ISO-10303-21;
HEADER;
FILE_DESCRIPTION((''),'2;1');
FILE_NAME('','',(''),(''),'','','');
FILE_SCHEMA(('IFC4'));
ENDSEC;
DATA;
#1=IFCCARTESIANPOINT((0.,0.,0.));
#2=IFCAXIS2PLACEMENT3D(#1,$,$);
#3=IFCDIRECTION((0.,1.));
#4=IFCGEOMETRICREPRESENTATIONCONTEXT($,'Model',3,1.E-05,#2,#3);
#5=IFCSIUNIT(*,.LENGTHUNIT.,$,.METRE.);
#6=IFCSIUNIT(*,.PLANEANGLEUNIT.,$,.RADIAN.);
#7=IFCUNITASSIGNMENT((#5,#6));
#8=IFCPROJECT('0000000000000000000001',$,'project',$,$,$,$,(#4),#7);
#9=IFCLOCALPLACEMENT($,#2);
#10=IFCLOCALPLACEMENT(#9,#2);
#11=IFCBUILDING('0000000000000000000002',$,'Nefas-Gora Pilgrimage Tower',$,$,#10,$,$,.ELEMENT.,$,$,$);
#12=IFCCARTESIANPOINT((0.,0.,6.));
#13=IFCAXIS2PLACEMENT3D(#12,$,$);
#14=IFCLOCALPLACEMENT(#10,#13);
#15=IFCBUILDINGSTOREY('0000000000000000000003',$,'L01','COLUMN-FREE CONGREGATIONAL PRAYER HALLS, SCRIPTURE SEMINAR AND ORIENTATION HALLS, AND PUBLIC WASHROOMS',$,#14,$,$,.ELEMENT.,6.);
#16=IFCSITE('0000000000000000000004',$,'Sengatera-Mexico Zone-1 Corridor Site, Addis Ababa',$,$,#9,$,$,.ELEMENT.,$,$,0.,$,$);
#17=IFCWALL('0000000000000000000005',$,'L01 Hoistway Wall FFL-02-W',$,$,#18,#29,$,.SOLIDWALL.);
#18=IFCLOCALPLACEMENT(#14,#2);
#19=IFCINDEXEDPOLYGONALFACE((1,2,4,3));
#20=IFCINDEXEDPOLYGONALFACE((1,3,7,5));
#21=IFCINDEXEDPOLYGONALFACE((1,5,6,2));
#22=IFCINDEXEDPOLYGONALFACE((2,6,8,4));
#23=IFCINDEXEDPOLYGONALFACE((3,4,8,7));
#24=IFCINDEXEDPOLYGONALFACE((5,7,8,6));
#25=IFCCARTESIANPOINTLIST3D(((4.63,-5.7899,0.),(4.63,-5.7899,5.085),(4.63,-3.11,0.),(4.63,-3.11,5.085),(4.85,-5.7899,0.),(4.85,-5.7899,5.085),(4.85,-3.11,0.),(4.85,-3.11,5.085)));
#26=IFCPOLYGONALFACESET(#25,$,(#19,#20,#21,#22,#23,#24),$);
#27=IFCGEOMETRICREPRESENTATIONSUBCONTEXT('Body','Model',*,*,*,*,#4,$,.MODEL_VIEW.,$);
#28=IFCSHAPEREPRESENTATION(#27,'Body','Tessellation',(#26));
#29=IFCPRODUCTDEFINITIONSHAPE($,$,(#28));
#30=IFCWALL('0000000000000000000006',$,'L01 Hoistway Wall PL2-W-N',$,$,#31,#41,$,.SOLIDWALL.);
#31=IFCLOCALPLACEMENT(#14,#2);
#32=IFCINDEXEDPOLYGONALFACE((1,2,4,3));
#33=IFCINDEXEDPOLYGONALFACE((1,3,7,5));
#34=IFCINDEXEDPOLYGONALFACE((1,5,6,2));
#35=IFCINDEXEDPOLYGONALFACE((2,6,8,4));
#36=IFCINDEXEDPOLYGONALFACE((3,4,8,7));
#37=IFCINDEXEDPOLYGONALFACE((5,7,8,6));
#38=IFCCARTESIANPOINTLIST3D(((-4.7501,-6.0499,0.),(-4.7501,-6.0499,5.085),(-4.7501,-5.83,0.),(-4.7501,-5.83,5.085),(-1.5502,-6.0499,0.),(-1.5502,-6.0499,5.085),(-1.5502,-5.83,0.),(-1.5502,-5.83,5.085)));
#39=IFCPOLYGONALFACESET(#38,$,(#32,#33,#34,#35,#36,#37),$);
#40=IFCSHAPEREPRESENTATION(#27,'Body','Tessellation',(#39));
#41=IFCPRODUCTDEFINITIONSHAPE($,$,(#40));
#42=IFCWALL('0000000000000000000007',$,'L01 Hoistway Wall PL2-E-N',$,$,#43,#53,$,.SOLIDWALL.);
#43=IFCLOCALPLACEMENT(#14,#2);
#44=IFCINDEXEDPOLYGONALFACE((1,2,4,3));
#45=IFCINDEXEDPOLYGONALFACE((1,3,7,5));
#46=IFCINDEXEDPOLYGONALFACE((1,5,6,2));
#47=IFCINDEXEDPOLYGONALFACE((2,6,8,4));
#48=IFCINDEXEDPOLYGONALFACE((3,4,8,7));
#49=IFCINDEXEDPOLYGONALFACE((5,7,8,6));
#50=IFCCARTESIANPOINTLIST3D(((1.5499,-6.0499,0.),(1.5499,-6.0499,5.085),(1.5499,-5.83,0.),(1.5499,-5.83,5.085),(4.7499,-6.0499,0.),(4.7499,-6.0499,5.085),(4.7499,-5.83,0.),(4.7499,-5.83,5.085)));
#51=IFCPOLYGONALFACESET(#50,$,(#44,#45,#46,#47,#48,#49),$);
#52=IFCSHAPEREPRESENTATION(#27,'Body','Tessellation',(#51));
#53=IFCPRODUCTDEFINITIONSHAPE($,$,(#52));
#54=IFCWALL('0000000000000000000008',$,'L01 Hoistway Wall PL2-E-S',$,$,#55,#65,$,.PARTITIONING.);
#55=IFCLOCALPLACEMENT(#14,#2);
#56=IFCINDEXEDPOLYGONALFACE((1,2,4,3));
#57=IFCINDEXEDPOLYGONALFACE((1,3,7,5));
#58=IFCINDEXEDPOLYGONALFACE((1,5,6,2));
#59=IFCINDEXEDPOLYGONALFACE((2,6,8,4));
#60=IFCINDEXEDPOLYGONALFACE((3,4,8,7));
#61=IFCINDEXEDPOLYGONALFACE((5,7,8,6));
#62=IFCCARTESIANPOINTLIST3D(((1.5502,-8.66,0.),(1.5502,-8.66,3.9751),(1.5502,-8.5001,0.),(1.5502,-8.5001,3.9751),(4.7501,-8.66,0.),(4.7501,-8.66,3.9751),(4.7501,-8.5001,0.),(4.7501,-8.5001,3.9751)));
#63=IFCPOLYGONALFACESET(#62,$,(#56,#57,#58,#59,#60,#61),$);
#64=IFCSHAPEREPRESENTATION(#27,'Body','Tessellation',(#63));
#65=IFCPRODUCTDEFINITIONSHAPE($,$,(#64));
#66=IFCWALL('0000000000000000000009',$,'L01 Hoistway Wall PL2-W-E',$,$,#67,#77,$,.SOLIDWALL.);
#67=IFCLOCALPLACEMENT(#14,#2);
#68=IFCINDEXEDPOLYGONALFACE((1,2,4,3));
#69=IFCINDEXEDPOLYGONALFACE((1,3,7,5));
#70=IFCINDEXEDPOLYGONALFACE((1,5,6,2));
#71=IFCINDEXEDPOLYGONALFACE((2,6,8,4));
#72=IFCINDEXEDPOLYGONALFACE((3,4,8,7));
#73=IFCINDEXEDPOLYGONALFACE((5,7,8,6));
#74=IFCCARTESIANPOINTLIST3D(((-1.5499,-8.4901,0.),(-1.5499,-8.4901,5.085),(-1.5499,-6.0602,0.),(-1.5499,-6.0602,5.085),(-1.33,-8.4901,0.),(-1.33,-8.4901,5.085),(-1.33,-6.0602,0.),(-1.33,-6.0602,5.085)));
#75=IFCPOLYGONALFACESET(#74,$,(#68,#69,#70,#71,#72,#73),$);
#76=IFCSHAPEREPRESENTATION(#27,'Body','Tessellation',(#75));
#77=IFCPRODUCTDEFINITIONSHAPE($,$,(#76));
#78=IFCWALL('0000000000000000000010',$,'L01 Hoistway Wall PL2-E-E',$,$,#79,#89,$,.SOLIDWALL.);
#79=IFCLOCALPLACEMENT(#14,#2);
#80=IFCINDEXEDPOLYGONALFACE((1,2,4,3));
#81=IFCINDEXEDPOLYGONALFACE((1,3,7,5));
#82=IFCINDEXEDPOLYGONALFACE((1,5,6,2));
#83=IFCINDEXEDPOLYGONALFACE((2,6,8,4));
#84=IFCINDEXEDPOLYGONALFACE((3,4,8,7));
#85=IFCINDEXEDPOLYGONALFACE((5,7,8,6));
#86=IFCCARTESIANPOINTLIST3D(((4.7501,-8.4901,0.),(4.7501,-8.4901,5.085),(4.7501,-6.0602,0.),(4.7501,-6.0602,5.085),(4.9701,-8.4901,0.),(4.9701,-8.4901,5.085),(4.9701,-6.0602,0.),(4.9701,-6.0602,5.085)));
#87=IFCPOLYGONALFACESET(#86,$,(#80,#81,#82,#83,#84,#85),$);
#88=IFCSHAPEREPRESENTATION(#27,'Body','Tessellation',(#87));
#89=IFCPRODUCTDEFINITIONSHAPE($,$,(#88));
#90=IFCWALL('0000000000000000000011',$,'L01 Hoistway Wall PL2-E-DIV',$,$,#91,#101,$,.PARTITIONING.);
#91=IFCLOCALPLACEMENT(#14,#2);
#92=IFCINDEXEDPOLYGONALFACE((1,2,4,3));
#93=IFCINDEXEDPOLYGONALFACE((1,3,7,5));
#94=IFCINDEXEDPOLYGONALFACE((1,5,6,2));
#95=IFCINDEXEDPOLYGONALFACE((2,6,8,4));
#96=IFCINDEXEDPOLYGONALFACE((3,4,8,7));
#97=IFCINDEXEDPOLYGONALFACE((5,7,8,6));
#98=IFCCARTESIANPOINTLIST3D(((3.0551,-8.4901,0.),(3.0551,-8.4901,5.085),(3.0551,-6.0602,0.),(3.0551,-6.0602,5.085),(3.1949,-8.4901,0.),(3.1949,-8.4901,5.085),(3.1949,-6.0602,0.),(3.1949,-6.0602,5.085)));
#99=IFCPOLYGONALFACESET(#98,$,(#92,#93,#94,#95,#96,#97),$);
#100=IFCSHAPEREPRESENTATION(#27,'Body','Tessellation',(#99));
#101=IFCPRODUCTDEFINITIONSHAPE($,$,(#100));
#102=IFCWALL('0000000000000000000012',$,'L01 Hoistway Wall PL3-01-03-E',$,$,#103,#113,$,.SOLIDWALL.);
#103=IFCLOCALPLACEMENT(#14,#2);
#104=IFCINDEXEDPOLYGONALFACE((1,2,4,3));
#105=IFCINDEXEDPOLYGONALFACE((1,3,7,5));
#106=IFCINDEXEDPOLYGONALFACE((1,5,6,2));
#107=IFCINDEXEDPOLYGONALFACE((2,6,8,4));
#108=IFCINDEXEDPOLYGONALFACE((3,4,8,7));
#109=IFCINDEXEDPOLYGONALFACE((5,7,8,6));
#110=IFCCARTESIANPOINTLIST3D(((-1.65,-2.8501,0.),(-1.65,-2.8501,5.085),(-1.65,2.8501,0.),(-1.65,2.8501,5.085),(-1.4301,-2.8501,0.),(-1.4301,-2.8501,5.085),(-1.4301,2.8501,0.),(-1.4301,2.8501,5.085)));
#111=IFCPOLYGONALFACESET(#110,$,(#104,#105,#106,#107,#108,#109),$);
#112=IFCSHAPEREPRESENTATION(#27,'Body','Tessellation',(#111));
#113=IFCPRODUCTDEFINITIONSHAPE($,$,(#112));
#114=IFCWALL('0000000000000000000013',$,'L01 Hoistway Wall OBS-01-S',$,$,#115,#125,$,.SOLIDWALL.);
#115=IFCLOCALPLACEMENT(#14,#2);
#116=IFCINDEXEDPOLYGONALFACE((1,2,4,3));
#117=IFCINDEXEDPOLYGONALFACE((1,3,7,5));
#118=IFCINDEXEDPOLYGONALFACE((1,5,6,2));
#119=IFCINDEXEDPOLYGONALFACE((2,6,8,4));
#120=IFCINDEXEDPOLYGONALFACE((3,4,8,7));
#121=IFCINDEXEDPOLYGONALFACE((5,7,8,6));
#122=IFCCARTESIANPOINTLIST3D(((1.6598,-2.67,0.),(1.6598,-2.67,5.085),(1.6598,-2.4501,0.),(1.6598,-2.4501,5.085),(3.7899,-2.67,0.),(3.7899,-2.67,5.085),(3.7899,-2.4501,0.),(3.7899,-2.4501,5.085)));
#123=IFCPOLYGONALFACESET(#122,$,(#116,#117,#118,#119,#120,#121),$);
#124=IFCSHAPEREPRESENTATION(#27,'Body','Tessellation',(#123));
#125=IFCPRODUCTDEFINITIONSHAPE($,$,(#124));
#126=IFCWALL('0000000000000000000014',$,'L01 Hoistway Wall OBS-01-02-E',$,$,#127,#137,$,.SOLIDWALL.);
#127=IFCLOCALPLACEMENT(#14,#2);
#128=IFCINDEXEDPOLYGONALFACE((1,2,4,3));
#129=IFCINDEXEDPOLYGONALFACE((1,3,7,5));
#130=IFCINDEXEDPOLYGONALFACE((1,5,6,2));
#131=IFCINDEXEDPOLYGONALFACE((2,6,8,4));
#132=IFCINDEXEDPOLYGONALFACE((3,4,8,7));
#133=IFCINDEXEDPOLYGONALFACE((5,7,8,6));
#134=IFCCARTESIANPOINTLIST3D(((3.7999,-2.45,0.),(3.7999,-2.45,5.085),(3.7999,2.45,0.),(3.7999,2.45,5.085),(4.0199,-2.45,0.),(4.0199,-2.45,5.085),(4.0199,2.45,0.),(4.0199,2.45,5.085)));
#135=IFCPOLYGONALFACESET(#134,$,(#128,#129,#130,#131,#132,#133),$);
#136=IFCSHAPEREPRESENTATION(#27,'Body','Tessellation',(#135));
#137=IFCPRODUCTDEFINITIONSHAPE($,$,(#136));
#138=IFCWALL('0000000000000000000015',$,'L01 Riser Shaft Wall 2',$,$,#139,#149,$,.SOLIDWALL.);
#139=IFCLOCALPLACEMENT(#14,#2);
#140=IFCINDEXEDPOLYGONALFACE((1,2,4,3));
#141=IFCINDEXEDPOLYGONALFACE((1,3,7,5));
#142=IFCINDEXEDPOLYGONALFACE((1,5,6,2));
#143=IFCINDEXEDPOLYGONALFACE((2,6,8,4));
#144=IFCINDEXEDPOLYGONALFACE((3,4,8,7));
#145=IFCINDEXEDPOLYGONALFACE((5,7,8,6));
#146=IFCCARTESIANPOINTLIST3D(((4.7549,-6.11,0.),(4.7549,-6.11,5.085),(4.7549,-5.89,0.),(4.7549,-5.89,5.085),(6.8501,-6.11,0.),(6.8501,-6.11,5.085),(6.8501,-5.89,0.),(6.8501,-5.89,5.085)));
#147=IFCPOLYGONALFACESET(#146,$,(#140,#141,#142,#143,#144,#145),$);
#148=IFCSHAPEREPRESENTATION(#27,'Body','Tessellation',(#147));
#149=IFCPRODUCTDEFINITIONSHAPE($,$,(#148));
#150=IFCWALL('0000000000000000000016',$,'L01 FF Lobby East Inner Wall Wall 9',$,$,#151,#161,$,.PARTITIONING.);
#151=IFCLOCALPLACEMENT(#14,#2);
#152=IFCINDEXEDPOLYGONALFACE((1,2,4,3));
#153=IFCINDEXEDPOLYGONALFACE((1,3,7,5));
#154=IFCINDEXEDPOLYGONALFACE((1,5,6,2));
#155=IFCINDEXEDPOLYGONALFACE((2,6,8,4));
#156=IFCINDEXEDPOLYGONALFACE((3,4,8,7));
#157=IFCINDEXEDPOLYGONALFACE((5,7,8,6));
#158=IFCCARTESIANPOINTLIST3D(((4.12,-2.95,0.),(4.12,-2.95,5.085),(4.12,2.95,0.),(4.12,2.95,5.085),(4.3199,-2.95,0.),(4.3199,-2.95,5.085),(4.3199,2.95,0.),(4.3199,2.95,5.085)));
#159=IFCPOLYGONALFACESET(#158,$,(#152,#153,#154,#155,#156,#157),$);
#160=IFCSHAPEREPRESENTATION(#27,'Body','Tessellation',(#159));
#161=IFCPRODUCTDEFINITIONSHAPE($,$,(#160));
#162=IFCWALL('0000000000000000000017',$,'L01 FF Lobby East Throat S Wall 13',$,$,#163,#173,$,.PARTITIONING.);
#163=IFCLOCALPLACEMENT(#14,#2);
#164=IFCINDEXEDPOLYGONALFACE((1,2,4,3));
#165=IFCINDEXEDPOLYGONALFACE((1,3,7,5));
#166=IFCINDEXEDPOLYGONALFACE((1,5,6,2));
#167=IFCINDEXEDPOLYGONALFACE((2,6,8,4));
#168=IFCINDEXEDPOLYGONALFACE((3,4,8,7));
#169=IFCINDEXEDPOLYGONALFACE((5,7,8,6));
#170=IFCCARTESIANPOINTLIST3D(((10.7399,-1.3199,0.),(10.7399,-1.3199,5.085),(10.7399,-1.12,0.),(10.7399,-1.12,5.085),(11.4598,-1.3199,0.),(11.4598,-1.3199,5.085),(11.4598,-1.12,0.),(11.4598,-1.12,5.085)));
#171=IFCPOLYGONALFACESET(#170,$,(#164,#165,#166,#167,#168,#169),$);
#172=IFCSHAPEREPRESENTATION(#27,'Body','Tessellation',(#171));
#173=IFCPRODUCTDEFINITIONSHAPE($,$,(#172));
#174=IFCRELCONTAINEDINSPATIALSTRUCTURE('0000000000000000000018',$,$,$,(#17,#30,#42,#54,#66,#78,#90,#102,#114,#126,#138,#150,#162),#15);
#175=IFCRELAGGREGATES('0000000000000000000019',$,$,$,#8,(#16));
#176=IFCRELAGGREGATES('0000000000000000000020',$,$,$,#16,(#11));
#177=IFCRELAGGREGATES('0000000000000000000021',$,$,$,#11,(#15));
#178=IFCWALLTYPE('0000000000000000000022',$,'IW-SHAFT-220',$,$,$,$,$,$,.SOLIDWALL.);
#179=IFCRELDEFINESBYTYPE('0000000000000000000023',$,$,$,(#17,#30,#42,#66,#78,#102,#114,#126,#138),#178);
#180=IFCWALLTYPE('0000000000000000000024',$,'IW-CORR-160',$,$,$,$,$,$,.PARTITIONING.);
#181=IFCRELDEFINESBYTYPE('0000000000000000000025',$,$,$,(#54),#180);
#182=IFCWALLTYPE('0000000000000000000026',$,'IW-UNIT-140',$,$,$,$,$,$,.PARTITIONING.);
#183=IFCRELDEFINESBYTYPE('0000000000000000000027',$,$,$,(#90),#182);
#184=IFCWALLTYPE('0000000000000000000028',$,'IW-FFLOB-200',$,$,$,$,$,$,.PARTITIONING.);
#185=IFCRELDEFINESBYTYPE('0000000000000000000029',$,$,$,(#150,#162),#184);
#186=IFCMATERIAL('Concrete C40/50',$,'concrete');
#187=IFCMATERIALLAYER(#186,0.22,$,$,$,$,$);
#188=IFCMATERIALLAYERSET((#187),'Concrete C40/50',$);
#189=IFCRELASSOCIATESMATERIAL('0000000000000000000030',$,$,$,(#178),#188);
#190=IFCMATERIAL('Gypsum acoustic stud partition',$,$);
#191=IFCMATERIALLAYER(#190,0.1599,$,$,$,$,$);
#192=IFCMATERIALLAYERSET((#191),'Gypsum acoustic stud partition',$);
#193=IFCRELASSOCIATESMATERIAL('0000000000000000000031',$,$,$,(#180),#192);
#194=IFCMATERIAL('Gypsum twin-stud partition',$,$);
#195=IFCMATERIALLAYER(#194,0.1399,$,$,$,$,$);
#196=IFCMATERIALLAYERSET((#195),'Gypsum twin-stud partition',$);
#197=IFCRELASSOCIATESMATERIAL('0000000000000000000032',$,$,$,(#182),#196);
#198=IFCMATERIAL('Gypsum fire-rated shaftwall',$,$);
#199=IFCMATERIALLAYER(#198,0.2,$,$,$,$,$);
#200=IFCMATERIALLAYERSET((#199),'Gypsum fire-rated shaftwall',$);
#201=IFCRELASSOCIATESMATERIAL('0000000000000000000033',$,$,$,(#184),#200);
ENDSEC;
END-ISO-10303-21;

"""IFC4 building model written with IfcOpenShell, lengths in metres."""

from ifc_helpers import new_model, si_unit, direction, frame, frame_2d, origin, place, context, subcontext, project, spatial, rectangle, extrude, source, transform, mapped, material, layer, layer_set, type_object, element, save


model = new_model("IFC4")

# Units and contexts
model_context = context("Model", 3, precision=1e-05, world=origin(), true_north=direction((0.0, 1.0)))
body_context = subcontext(model_context, "Body", "Model", "MODEL_VIEW")
ifc_project = project(units=[si_unit("LENGTHUNIT", "METRE"), si_unit("PLANEANGLEUNIT", "RADIAN")], contexts=[model_context])

# Site, building, storey
site_placement = place(None, origin())
site = spatial("IfcSite", under=ifc_project, at=site_placement, Name="Sengatera-Mexico Zone-1 Corridor Site, Addis Ababa", CompositionType="ELEMENT", RefElevation=0.0)
building_placement = place(site_placement, origin())
building = spatial("IfcBuilding", under=site, at=building_placement, Name="Nefas-Gora Pilgrimage Tower", CompositionType="ELEMENT")
storey_placement = place(building_placement, frame((0.0, 0.0, 6.0)))
storey = spatial("IfcBuildingStorey", under=building, at=storey_placement, Name="L01", Description="COLUMN-FREE CONGREGATIONAL PRAYER HALLS, SCRIPTURE SEMINAR AND ORIENTATION HALLS, AND PUBLIC WASHROOMS", CompositionType="ELEMENT", Elevation=6.0)

# Shared definitions
ifc_material_1 = material(Name="Concrete C40/50", Category="concrete")
ifc_layer_1 = layer(ifc_material_1, 0.22)
ifc_layer_set_1 = layer_set([ifc_layer_1], Name="Concrete C40/50")
wall_type_1 = type_object("IfcWallType", Name="IW-SHAFT-220", PredefinedType="SOLIDWALL", material=ifc_layer_set_1)

# Walls
shared_shape_1 = source(origin(), body_context, "Body", "SweptSolid", [
    extrude(rectangle(XDim=2.6799, YDim=0.22, at=frame_2d((1.3398, 0.0))), origin(), (0.0, 0.0, 1.0), 5.085),
])
wall_1_placement = place(storey_placement, frame((4.74, -3.1101, 0.0), z_axis=(0.0, 0.0, 1.0), x_axis=(0.0, -1.0, 0.0)))
element("IfcWall", 1, at=wall_1_placement, inside=storey, type_object=wall_type_1, Name="L01 Hoistway Wall FFL-02-W", PredefinedType="SOLIDWALL", context=body_context, shape_type="MappedRepresentation", body=[
    mapped(shared_shape_1, transform((0.0, 0.0, 0.0), x_axis=(1.0, 0.0, 0.0), y_axis=(0.0, 1.0, 0.0), z_axis=(0.0, 0.0, 1.0), scale=1.0)),
])
shared_shape_2 = source(origin(), body_context, "Body", "SweptSolid", [
    extrude(rectangle(XDim=3.2, YDim=0.22, at=frame_2d((1.6001, 0.0))), origin(), (0.0, 0.0, 1.0), 5.085),
])
for number, where, z_axis, x_axis, name in (
    (2, (-1.55, -5.9399, 0.0), (0.0, 0.0, 1.0), (-1.0, 0.0, 0.0), "L01 Hoistway Wall PL2-W-N"),
    (3, (4.75, -5.9399, 0.0), (0.0, 0.0, 1.0), (-1.0, 0.0, 0.0), "L01 Hoistway Wall PL2-E-N"),
):
    element("IfcWall", number, at=place(storey_placement, frame(where, z_axis=z_axis, x_axis=x_axis)), inside=storey, type_object=wall_type_1, Name=name, PredefinedType="SOLIDWALL", context=body_context, shape_type="MappedRepresentation", body=[
        mapped(shared_shape_2, transform((0.0, 0.0, 0.0), x_axis=(1.0, 0.0, 0.0), y_axis=(0.0, 1.0, 0.0), z_axis=(0.0, 0.0, 1.0), scale=1.0)),
    ])
ifc_material_2 = material(Name="Gypsum acoustic stud partition")
ifc_layer_2 = layer(ifc_material_2, 0.1599)
ifc_layer_set_2 = layer_set([ifc_layer_2], Name="Gypsum acoustic stud partition")
wall_type_2 = type_object("IfcWallType", Name="IW-CORR-160", PredefinedType="PARTITIONING", material=ifc_layer_set_2)
shared_shape_3 = source(origin(), body_context, "Body", "SweptSolid", [
    extrude(rectangle(XDim=3.2, YDim=0.1599, at=frame_2d((1.6001, 0.0))), origin(), (0.0, 0.0, 1.0), 3.9751),
])
wall_2_placement = place(storey_placement, frame((1.55, -8.5801, 0.0), z_axis=(0.0, 0.0, 1.0), x_axis=(1.0, 0.0, 0.0)))
element("IfcWall", 4, at=wall_2_placement, inside=storey, type_object=wall_type_2, Name="L01 Hoistway Wall PL2-E-S", PredefinedType="PARTITIONING", context=body_context, shape_type="MappedRepresentation", body=[
    mapped(shared_shape_3, transform((0.0, 0.0, 0.0), x_axis=(1.0, 0.0, 0.0), y_axis=(0.0, 1.0, 0.0), z_axis=(0.0, 0.0, 1.0), scale=1.0)),
])
shared_shape_4 = source(origin(), body_context, "Body", "SweptSolid", [
    extrude(rectangle(XDim=2.4299, YDim=0.22, at=frame_2d((1.2148, 0.0))), origin(), (0.0, 0.0, 1.0), 5.085),
])
for number, where, z_axis, x_axis, name in (
    (5, (-1.4399, -8.49, 0.0), (0.0, 0.0, 1.0), (0.0, 1.0, 0.0), "L01 Hoistway Wall PL2-W-E"),
    (6, (4.8601, -8.49, 0.0), (0.0, 0.0, 1.0), (0.0, 1.0, 0.0), "L01 Hoistway Wall PL2-E-E"),
):
    element("IfcWall", number, at=place(storey_placement, frame(where, z_axis=z_axis, x_axis=x_axis)), inside=storey, type_object=wall_type_1, Name=name, PredefinedType="SOLIDWALL", context=body_context, shape_type="MappedRepresentation", body=[
        mapped(shared_shape_4, transform((0.0, 0.0, 0.0), x_axis=(1.0, 0.0, 0.0), y_axis=(0.0, 1.0, 0.0), z_axis=(0.0, 0.0, 1.0), scale=1.0)),
    ])
ifc_material_3 = material(Name="Gypsum twin-stud partition")
ifc_layer_3 = layer(ifc_material_3, 0.1399)
ifc_layer_set_3 = layer_set([ifc_layer_3], Name="Gypsum twin-stud partition")
wall_type_3 = type_object("IfcWallType", Name="IW-UNIT-140", PredefinedType="PARTITIONING", material=ifc_layer_set_3)
shared_shape_5 = source(origin(), body_context, "Body", "SweptSolid", [
    extrude(rectangle(XDim=2.4299, YDim=0.1399, at=frame_2d((1.2148, 0.0))), origin(), (0.0, 0.0, 1.0), 5.085),
])
wall_3_placement = place(storey_placement, frame((3.125, -8.49, 0.0), z_axis=(0.0, 0.0, 1.0), x_axis=(0.0, 1.0, 0.0)))
element("IfcWall", 7, at=wall_3_placement, inside=storey, type_object=wall_type_3, Name="L01 Hoistway Wall PL2-E-DIV", PredefinedType="PARTITIONING", context=body_context, shape_type="MappedRepresentation", body=[
    mapped(shared_shape_5, transform((0.0, 0.0, 0.0), x_axis=(1.0, 0.0, 0.0), y_axis=(0.0, 1.0, 0.0), z_axis=(0.0, 0.0, 1.0), scale=1.0)),
])
shared_shape_6 = source(origin(), body_context, "Body", "SweptSolid", [
    extrude(rectangle(XDim=5.7002, YDim=0.22, at=frame_2d((2.8501, 0.0))), origin(), (0.0, 0.0, 1.0), 5.085),
])
wall_4_placement = place(storey_placement, frame((-1.54, -2.8501, 0.0), z_axis=(0.0, 0.0, 1.0), x_axis=(0.0, 1.0, 0.0)))
element("IfcWall", 8, at=wall_4_placement, inside=storey, type_object=wall_type_1, Name="L01 Hoistway Wall PL3-01-03-E", PredefinedType="SOLIDWALL", context=body_context, shape_type="MappedRepresentation", body=[
    mapped(shared_shape_6, transform((0.0, 0.0, 0.0), x_axis=(1.0, 0.0, 0.0), y_axis=(0.0, 1.0, 0.0), z_axis=(0.0, 0.0, 1.0), scale=1.0)),
])
shared_shape_7 = source(origin(), body_context, "Body", "SweptSolid", [
    extrude(rectangle(XDim=2.1301, YDim=0.22, at=frame_2d((1.0649, 0.0))), origin(), (0.0, 0.0, 1.0), 5.085),
])
wall_5_placement = place(storey_placement, frame((1.6599, -2.5601, 0.0), z_axis=(0.0, 0.0, 1.0), x_axis=(1.0, 0.0, 0.0)))
element("IfcWall", 9, at=wall_5_placement, inside=storey, type_object=wall_type_1, Name="L01 Hoistway Wall OBS-01-S", PredefinedType="SOLIDWALL", context=body_context, shape_type="MappedRepresentation", body=[
    mapped(shared_shape_7, transform((0.0, 0.0, 0.0), x_axis=(1.0, 0.0, 0.0), y_axis=(0.0, 1.0, 0.0), z_axis=(0.0, 0.0, 1.0), scale=1.0)),
])
shared_shape_8 = source(origin(), body_context, "Body", "SweptSolid", [
    extrude(rectangle(XDim=4.8999, YDim=0.22, at=frame_2d((2.45, 0.0))), origin(), (0.0, 0.0, 1.0), 5.085),
])
wall_6_placement = place(storey_placement, frame((3.9099, -2.45, 0.0), z_axis=(0.0, 0.0, 1.0), x_axis=(0.0, 1.0, 0.0)))
element("IfcWall", 10, at=wall_6_placement, inside=storey, type_object=wall_type_1, Name="L01 Hoistway Wall OBS-01-02-E", PredefinedType="SOLIDWALL", context=body_context, shape_type="MappedRepresentation", body=[
    mapped(shared_shape_8, transform((0.0, 0.0, 0.0), x_axis=(1.0, 0.0, 0.0), y_axis=(0.0, 1.0, 0.0), z_axis=(0.0, 0.0, 1.0), scale=1.0)),
])
shared_shape_9 = source(origin(), body_context, "Body", "SweptSolid", [
    extrude(rectangle(XDim=2.0952, YDim=0.22, at=frame_2d((1.0476, 0.0))), origin(), (0.0, 0.0, 1.0), 5.085),
])
wall_7_placement = place(storey_placement, frame((4.7549, -6.0, 0.0), z_axis=(0.0, 0.0, 1.0), x_axis=(1.0, 0.0, 0.0)))
element("IfcWall", 11, at=wall_7_placement, inside=storey, type_object=wall_type_1, Name="L01 Riser Shaft Wall 2", PredefinedType="SOLIDWALL", context=body_context, shape_type="MappedRepresentation", body=[
    mapped(shared_shape_9, transform((0.0, 0.0, 0.0), x_axis=(1.0, 0.0, 0.0), y_axis=(0.0, 1.0, 0.0), z_axis=(0.0, 0.0, 1.0), scale=1.0)),
])
ifc_material_4 = material(Name="Gypsum fire-rated shaftwall")
ifc_layer_4 = layer(ifc_material_4, 0.2)
ifc_layer_set_4 = layer_set([ifc_layer_4], Name="Gypsum fire-rated shaftwall")
wall_type_4 = type_object("IfcWallType", Name="IW-FFLOB-200", PredefinedType="PARTITIONING", material=ifc_layer_set_4)
shared_shape_10 = source(origin(), body_context, "Body", "SweptSolid", [
    extrude(rectangle(XDim=5.8999, YDim=0.2, at=frame_2d((2.95, 0.0))), origin(), (0.0, 0.0, 1.0), 5.085),
])
wall_8_placement = place(storey_placement, frame((4.22, -2.95, 0.0), z_axis=(0.0, 0.0, 1.0), x_axis=(0.0, 1.0, 0.0)))
element("IfcWall", 12, at=wall_8_placement, inside=storey, type_object=wall_type_4, Name="L01 FF Lobby East Inner Wall Wall 9", PredefinedType="PARTITIONING", context=body_context, shape_type="MappedRepresentation", body=[
    mapped(shared_shape_10, transform((0.0, 0.0, 0.0), x_axis=(1.0, 0.0, 0.0), y_axis=(0.0, 1.0, 0.0), z_axis=(0.0, 0.0, 1.0), scale=1.0)),
])
shared_shape_11 = source(origin(), body_context, "Body", "SweptSolid", [
    extrude(rectangle(XDim=0.72, YDim=0.2, at=frame_2d((0.3599, 0.0))), origin(), (0.0, 0.0, 1.0), 5.085),
])
wall_9_placement = place(storey_placement, frame((10.74, -1.22, 0.0), z_axis=(0.0, 0.0, 1.0), x_axis=(1.0, 0.0, 0.0)))
element("IfcWall", 13, at=wall_9_placement, inside=storey, type_object=wall_type_4, Name="L01 FF Lobby East Throat S Wall 13", PredefinedType="PARTITIONING", context=body_context, shape_type="MappedRepresentation", body=[
    mapped(shared_shape_11, transform((0.0, 0.0, 0.0), x_axis=(1.0, 0.0, 0.0), y_axis=(0.0, 1.0, 0.0), z_axis=(0.0, 0.0, 1.0), scale=1.0)),
])

save(model, "model.ifc")
